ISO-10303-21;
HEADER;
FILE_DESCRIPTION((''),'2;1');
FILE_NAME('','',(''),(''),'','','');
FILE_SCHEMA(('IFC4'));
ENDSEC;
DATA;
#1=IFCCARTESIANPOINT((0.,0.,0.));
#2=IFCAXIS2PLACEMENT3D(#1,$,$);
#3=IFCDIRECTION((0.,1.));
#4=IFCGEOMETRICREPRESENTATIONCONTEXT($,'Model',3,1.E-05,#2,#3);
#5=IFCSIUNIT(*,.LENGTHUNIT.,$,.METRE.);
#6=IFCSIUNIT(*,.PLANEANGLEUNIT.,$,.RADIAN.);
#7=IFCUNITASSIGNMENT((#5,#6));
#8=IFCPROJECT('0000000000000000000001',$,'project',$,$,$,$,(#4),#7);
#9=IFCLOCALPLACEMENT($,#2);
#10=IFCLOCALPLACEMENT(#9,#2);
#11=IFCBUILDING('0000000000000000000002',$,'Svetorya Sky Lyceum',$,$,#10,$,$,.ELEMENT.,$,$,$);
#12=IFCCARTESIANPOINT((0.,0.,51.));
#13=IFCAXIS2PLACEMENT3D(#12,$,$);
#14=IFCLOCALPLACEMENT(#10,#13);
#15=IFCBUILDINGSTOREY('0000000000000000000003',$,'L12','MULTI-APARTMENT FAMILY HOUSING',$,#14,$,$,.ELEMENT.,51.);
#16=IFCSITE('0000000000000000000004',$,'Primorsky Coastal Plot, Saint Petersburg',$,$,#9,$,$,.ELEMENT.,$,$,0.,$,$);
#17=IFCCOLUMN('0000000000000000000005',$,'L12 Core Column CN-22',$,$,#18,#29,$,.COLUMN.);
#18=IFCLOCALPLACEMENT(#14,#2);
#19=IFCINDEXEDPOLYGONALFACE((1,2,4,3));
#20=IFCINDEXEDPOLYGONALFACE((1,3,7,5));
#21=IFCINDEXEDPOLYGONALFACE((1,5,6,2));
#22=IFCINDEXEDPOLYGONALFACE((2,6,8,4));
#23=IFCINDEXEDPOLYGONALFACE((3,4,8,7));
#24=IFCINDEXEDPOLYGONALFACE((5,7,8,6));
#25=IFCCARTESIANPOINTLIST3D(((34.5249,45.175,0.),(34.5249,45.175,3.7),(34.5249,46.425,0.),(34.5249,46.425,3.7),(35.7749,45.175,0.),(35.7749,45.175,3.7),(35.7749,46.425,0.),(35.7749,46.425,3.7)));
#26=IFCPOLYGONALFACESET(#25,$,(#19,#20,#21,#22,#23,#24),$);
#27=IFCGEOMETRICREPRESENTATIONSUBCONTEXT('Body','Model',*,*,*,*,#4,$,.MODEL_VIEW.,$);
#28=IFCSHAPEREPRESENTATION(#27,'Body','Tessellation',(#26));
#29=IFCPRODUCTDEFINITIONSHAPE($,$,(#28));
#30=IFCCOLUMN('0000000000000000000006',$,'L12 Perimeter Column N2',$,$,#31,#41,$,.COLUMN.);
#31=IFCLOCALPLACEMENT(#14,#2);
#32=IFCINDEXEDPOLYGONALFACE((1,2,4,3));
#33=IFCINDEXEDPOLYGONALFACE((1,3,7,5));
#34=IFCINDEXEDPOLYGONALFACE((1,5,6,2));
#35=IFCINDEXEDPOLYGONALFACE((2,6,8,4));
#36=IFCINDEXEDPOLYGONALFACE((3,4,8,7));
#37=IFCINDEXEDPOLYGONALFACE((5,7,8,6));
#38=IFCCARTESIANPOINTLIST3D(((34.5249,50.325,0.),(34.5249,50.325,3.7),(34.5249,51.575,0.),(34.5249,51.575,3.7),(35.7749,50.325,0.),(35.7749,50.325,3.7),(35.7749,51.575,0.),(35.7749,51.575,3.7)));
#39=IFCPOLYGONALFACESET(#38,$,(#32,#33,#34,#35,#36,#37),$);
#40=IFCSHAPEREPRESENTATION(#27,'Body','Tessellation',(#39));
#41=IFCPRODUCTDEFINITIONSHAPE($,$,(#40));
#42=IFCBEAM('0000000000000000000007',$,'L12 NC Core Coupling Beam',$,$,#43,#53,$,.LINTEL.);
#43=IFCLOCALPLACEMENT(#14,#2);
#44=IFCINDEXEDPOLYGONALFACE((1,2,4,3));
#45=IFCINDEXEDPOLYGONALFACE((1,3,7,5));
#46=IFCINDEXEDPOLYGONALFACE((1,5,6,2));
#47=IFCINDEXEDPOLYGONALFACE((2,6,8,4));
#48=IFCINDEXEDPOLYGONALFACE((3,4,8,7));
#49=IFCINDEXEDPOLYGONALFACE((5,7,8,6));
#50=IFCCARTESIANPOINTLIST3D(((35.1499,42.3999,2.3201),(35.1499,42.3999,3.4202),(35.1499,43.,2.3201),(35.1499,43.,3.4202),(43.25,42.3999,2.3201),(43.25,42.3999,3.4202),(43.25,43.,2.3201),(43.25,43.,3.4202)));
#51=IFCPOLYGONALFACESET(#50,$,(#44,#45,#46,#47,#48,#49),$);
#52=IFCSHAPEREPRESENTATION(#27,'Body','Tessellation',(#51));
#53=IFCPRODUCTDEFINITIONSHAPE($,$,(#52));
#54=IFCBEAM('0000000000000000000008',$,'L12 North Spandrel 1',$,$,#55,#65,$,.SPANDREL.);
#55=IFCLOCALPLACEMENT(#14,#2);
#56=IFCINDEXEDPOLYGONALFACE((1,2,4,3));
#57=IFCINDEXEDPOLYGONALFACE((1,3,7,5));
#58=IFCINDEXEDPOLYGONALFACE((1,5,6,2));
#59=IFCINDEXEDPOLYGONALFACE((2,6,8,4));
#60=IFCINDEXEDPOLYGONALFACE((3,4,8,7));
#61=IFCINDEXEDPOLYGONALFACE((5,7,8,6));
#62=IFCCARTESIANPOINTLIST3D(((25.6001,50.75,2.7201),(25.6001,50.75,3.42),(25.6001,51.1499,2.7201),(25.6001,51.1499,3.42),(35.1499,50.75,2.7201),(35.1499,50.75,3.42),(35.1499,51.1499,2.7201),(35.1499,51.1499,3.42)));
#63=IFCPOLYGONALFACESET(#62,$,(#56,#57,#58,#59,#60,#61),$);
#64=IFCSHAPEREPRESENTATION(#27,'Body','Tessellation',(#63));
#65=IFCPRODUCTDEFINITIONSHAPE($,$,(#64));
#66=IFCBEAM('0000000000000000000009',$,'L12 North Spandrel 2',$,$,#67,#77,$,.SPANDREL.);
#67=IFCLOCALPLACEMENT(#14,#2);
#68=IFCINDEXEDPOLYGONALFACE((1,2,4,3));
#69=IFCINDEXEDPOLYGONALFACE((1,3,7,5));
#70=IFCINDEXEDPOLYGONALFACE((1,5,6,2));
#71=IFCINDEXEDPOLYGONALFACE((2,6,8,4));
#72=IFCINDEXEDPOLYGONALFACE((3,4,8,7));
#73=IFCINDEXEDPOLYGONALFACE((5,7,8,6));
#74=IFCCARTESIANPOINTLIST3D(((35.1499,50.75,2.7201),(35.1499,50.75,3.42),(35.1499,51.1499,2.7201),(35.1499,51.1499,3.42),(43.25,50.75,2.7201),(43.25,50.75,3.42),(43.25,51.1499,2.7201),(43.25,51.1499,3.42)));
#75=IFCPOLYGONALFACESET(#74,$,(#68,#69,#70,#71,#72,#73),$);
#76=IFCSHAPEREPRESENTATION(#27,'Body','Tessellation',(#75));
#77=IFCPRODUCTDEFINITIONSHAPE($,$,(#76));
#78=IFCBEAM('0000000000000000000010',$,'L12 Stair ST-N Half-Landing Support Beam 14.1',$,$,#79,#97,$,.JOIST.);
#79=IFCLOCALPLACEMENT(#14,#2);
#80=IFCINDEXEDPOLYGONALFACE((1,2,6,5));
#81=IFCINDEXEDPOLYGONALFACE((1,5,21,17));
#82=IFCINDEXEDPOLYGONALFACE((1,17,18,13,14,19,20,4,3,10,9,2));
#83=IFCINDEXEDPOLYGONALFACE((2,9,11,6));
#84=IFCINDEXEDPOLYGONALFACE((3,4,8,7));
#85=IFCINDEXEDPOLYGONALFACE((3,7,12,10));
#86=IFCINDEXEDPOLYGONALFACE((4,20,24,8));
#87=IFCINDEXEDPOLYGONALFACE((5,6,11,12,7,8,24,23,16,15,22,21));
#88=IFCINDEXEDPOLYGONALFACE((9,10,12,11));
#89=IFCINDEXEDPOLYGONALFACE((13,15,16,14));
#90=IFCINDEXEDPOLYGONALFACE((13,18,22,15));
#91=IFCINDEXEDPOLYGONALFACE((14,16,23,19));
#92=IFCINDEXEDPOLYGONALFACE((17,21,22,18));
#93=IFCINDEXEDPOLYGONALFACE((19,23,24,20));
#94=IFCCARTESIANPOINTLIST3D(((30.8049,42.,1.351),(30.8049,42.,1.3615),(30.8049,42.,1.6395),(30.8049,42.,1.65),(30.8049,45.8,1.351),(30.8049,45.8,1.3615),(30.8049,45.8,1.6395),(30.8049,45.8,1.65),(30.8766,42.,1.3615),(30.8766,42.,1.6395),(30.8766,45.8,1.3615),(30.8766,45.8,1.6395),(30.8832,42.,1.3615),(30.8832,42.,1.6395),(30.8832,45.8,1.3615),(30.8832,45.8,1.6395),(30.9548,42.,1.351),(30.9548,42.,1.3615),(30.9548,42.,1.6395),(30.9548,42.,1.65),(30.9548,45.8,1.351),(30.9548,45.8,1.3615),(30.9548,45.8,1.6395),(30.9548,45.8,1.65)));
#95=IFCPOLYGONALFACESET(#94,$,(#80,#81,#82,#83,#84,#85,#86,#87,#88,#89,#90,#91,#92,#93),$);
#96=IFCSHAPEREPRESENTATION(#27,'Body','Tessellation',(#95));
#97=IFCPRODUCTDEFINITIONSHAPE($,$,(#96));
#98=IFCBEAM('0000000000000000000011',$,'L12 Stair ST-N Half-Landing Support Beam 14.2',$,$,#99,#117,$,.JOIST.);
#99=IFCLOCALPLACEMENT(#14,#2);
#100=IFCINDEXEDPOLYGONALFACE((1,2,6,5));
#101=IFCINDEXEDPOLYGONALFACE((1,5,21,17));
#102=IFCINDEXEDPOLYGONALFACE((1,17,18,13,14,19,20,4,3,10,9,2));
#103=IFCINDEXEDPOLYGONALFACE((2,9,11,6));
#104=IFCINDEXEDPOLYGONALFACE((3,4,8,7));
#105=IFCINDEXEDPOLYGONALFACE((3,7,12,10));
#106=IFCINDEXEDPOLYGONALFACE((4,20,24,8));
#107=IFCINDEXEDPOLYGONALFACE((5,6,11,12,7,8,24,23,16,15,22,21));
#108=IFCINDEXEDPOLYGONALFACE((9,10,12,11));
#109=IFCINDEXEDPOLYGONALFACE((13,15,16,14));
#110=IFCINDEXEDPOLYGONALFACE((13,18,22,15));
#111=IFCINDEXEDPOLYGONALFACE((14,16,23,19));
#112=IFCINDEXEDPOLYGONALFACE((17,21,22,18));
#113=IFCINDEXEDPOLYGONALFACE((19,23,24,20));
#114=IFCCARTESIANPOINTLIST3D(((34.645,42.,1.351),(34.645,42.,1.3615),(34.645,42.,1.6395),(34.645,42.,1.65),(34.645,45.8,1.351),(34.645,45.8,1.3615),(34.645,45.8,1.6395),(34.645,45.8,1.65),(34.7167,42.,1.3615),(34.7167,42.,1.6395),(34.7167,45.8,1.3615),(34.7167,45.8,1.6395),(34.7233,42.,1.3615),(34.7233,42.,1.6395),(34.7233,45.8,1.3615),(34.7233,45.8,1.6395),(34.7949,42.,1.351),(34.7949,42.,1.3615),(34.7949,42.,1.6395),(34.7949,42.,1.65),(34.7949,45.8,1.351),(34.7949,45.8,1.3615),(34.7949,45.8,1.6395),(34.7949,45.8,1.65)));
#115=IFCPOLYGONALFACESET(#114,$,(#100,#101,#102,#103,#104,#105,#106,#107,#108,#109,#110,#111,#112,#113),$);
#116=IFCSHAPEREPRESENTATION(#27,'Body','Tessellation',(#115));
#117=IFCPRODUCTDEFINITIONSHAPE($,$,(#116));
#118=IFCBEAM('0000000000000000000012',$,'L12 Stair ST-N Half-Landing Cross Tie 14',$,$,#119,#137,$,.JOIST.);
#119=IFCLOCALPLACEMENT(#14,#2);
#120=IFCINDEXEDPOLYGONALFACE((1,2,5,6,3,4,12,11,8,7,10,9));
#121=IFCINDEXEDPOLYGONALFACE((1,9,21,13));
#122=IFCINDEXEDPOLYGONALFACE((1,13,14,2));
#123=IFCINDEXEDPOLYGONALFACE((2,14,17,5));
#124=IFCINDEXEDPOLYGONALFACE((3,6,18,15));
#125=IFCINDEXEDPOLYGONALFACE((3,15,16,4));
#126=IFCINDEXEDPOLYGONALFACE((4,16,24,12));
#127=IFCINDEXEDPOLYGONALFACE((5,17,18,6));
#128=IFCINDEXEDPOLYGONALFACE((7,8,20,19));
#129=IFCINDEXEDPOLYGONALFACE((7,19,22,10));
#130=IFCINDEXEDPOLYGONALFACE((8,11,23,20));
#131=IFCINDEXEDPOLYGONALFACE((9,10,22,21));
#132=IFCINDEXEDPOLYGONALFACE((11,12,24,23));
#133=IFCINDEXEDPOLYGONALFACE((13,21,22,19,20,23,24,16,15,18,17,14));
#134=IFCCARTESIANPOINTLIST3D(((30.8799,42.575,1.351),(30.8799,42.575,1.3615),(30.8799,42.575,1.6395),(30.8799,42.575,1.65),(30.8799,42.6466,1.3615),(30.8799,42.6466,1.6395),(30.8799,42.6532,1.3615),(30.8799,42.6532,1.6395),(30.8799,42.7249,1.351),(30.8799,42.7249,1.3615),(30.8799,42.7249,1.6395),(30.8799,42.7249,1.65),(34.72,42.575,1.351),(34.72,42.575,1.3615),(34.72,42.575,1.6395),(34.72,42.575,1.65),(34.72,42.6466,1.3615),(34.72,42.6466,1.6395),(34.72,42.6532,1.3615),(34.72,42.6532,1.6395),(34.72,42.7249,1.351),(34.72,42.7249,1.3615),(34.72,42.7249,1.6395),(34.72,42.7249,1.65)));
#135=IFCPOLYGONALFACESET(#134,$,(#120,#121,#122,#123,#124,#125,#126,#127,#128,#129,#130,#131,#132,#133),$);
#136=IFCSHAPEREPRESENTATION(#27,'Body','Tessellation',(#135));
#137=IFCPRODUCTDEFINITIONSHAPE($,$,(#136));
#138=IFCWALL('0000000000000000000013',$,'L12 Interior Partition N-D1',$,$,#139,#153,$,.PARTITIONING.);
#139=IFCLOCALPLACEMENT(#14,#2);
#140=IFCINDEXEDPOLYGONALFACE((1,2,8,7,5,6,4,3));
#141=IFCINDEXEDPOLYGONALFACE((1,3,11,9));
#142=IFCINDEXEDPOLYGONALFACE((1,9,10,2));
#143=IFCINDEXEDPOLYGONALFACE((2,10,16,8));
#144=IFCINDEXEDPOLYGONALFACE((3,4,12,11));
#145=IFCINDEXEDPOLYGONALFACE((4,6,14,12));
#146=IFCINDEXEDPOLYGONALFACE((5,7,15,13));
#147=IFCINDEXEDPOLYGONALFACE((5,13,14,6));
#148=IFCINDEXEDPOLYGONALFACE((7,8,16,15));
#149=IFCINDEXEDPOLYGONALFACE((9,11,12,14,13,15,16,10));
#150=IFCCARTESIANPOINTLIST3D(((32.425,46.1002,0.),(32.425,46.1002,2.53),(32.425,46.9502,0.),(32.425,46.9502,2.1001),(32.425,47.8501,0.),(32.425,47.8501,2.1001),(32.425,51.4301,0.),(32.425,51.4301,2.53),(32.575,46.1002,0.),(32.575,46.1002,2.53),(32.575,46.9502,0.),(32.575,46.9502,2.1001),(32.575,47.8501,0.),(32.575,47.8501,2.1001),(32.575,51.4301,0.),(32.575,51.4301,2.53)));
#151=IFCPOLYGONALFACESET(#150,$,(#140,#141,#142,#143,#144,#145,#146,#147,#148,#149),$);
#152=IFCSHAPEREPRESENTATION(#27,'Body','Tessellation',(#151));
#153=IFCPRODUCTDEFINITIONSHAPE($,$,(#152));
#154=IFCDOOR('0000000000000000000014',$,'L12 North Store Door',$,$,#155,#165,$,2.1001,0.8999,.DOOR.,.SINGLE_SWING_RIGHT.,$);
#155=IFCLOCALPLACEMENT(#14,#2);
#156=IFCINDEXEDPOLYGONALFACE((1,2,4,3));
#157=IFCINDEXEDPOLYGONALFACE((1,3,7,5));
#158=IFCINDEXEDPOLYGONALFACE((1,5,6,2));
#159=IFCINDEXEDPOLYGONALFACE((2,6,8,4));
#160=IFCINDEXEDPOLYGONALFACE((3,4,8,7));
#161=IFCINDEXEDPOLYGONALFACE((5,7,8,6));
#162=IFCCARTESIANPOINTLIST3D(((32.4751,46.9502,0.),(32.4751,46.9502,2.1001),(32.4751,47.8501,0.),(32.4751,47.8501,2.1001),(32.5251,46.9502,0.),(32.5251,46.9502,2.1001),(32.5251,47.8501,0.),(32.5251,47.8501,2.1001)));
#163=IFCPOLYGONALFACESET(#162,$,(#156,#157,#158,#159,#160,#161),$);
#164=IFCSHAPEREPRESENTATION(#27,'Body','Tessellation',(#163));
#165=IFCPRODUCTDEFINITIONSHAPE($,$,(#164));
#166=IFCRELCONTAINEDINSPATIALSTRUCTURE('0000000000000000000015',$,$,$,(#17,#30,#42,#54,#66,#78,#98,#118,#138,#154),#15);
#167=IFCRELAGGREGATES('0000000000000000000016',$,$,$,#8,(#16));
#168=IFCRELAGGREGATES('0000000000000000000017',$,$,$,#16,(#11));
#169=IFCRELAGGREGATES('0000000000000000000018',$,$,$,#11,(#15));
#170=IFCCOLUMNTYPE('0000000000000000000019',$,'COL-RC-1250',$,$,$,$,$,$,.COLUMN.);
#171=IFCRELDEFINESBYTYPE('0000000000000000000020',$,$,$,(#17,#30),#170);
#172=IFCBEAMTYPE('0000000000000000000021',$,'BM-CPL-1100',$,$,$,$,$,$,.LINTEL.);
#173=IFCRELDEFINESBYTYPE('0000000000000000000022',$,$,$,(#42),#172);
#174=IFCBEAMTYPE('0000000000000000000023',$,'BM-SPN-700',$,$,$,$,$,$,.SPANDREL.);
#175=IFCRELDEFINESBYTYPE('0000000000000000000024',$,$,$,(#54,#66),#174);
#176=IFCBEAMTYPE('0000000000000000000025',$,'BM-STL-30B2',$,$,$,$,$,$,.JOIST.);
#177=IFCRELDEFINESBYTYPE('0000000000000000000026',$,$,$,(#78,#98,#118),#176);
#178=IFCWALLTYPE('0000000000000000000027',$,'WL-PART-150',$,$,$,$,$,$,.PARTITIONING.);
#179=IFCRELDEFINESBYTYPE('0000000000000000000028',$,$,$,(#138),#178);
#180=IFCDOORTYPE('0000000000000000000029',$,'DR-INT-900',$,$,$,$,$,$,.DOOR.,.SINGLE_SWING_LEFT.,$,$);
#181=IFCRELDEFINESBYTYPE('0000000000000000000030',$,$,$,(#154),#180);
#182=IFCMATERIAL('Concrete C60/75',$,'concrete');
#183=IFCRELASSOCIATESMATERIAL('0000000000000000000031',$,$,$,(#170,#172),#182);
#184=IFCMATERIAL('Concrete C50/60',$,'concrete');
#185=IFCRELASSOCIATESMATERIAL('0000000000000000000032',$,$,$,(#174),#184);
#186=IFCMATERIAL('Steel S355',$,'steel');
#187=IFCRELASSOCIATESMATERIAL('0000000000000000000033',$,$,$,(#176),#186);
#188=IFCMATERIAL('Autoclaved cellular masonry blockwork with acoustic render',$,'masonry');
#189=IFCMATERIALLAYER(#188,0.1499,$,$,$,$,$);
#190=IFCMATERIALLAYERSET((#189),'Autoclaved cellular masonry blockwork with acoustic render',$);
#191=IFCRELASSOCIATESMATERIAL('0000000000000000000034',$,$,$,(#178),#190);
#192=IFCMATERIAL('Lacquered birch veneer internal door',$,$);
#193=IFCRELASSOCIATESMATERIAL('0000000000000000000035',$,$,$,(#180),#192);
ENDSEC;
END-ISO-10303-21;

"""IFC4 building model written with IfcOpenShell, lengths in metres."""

from ifc_helpers import new_model, si_unit, direction, frame, frame_2d, origin, origin_2d, place, context, subcontext, project, spatial, rectangle, i_section, extrude, material, layer, layer_set, material_profile, profile_set, type_object, element, fill, save


model = new_model("IFC4")

# Units and contexts
model_context = context("Model", 3, precision=1e-05, world=origin(), true_north=direction((0.0, 1.0)))
body_context = subcontext(model_context, "Body", "Model", "MODEL_VIEW")
ifc_project = project(units=[si_unit("LENGTHUNIT", "METRE"), si_unit("PLANEANGLEUNIT", "RADIAN")], contexts=[model_context])

# Site, building, storey
site_placement = place(None, origin())
site = spatial("IfcSite", under=ifc_project, at=site_placement, Name="Primorsky Coastal Plot, Saint Petersburg", CompositionType="ELEMENT", RefElevation=0.0)
building_placement = place(site_placement, origin())
building = spatial("IfcBuilding", under=site, at=building_placement, Name="Svetorya Sky Lyceum", CompositionType="ELEMENT")
storey_placement = place(building_placement, frame((0.0, 0.0, 51.0)))
storey = spatial("IfcBuildingStorey", under=building, at=storey_placement, Name="L12", Description="MULTI-APARTMENT FAMILY HOUSING", CompositionType="ELEMENT", Elevation=51.0)

# Columns
ifc_material_1 = material(Name="Concrete C60/75", Category="concrete")
ifc_material_profile_1 = material_profile(ifc_material_1, rectangle(XDim=1.25, YDim=1.25, at=origin_2d()), Name="RC COL 1250x1250")
ifc_profile_set_1 = profile_set([ifc_material_profile_1], Name="Concrete C60/75")
column_type = type_object("IfcColumnType", Name="COL-RC-1250", PredefinedType="COLUMN", material=ifc_profile_set_1)
for number, where, z_axis, x_axis, name in (
    (1, (35.1499, 45.8, 0.0), (0.0, 0.0, 1.0), (1.0, 0.0, 0.0), "L12 Core Column CN-22"),
    (2, (35.1499, 50.95, 0.0), (0.0, 0.0, 1.0), (1.0, 0.0, 0.0), "L12 Perimeter Column N2"),
):
    element("IfcColumn", number, at=place(storey_placement, frame(where, z_axis=z_axis, x_axis=x_axis)), inside=storey, type_object=column_type, Name=name, PredefinedType="COLUMN", context=body_context, shape_type="SweptSolid", body=[
        extrude(rectangle(XDim=1.25, YDim=1.25, at=origin_2d()), origin(), (0.0, 0.0, 1.0), 3.7),
    ])

# Beams
ifc_material_profile_2 = material_profile(ifc_material_1, rectangle(XDim=0.6001, YDim=1.1001, at=origin_2d()), Name="RC COUPLING 600x1100")
ifc_profile_set_2 = profile_set([ifc_material_profile_2], Name="Concrete C60/75")
beam_type_1 = type_object("IfcBeamType", Name="BM-CPL-1100", PredefinedType="LINTEL", material=ifc_profile_set_2)
beam_1_placement = place(storey_placement, frame((35.1499, 42.7, 2.8701), z_axis=(1.0, 0.0, 0.0), x_axis=(0.0, 1.0, 0.0)))
element("IfcBeam", 3, at=beam_1_placement, inside=storey, type_object=beam_type_1, Name="L12 NC Core Coupling Beam", PredefinedType="LINTEL", context=body_context, shape_type="SweptSolid", body=[
    extrude(rectangle(XDim=0.6001, YDim=1.1001, at=origin_2d()), origin(), (0.0, 0.0, 1.0), 8.1001),
])
ifc_material_2 = material(Name="Concrete C50/60", Category="concrete")
ifc_material_profile_3 = material_profile(ifc_material_2, rectangle(XDim=0.3999, YDim=0.7, at=origin_2d()), Name="RC SPANDREL 400x700")
ifc_profile_set_3 = profile_set([ifc_material_profile_3], Name="Concrete C50/60")
beam_type_2 = type_object("IfcBeamType", Name="BM-SPN-700", PredefinedType="SPANDREL", material=ifc_profile_set_3)
beam_2_placement = place(storey_placement, frame((25.6001, 50.95, 3.0701), z_axis=(1.0, 0.0, 0.0), x_axis=(0.0, 1.0, 0.0)))
element("IfcBeam", 4, at=beam_2_placement, inside=storey, type_object=beam_type_2, Name="L12 North Spandrel 1", PredefinedType="SPANDREL", context=body_context, shape_type="SweptSolid", body=[
    extrude(rectangle(XDim=0.3999, YDim=0.7, at=origin_2d()), origin(), (0.0, 0.0, 1.0), 9.5498),
])
beam_3_placement = place(storey_placement, frame((35.1499, 50.95, 3.0701), z_axis=(1.0, 0.0, 0.0), x_axis=(0.0, 1.0, 0.0)))
element("IfcBeam", 5, at=beam_3_placement, inside=storey, type_object=beam_type_2, Name="L12 North Spandrel 2", PredefinedType="SPANDREL", context=body_context, shape_type="SweptSolid", body=[
    extrude(rectangle(XDim=0.3999, YDim=0.7, at=origin_2d()), origin(), (0.0, 0.0, 1.0), 8.1001),
])
ifc_material_3 = material(Name="Steel S355", Category="steel")
ifc_material_profile_4 = material_profile(ifc_material_3, i_section(OverallWidth=0.1499, OverallDepth=0.2991, WebThickness=0.0066, FlangeThickness=0.0105, at=origin_2d()), Name="GOST 30B2")
ifc_profile_set_4 = profile_set([ifc_material_profile_4], Name="Steel S355")
beam_type_3 = type_object("IfcBeamType", Name="BM-STL-30B2", PredefinedType="JOIST", material=ifc_profile_set_4)
for number, where, z_axis, x_axis, name in (
    (6, (30.8799, 42.0, 1.5005), (0.0, 1.0, 0.0), (-1.0, 0.0, 0.0), "L12 Stair ST-N Half-Landing Support Beam 14.1"),
    (7, (34.72, 42.0, 1.5005), (0.0, 1.0, 0.0), (-1.0, 0.0, 0.0), "L12 Stair ST-N Half-Landing Support Beam 14.2"),
):
    element("IfcBeam", number, at=place(storey_placement, frame(where, z_axis=z_axis, x_axis=x_axis)), inside=storey, type_object=beam_type_3, Name=name, PredefinedType="JOIST", context=body_context, shape_type="SweptSolid", body=[
        extrude(i_section(OverallWidth=0.1499, OverallDepth=0.2991, WebThickness=0.0066, FlangeThickness=0.0105, at=origin_2d()), origin(), (0.0, 0.0, 1.0), 3.8),
    ])
beam_4_placement = place(storey_placement, frame((30.8799, 42.6499, 1.5005), z_axis=(1.0, 0.0, 0.0), x_axis=(0.0, 1.0, 0.0)))
element("IfcBeam", 8, at=beam_4_placement, inside=storey, type_object=beam_type_3, Name="L12 Stair ST-N Half-Landing Cross Tie 14", PredefinedType="JOIST", context=body_context, shape_type="SweptSolid", body=[
    extrude(i_section(OverallWidth=0.1499, OverallDepth=0.2991, WebThickness=0.0066, FlangeThickness=0.0105, at=origin_2d()), origin(), (0.0, 0.0, 1.0), 3.8401),
])

# Wall, opening, door
ifc_material_4 = material(Name="Autoclaved cellular masonry blockwork with acoustic render", Category="masonry")
ifc_layer = layer(ifc_material_4, 0.1499)
ifc_layer_set = layer_set([ifc_layer], Name="Autoclaved cellular masonry blockwork with acoustic render")
wall_type = type_object("IfcWallType", Name="WL-PART-150", PredefinedType="PARTITIONING", material=ifc_layer_set)
wall_placement = place(storey_placement, frame((32.5, 46.1001, 0.0), z_axis=(0.0, 0.0, 1.0), x_axis=(0.0, 1.0, 0.0)))
wall = element("IfcWall", 9, at=wall_placement, inside=storey, type_object=wall_type, Name="L12 Interior Partition N-D1", PredefinedType="PARTITIONING", context=body_context, shape_type="SweptSolid", body=[
    extrude(rectangle(XDim=5.3298, YDim=0.1499, at=frame_2d((2.665, 0.0))), origin(), (0.0, 0.0, 1.0), 2.53),
])
opening_placement = place(wall_placement, frame((0.8501, 0.0, 0.0)))
opening = element("IfcOpeningElement", 10, at=opening_placement, cuts=wall, PredefinedType="OPENING", context=body_context, shape_type="SweptSolid", body=[
    extrude(rectangle(XDim=0.8999, YDim=2.1001, at=frame_2d((0.45, 1.05))), frame((0.0, 0.085, 0.0), z_axis=(0.0, -1.0, 0.0), x_axis=(1.0, 0.0, 0.0)), (0.0, 0.0, 1.0), 0.1699),
])
ifc_material_5 = material(Name="Lacquered birch veneer internal door")
door_type = type_object("IfcDoorType", Name="DR-INT-900", OperationType="SINGLE_SWING_LEFT", PredefinedType="DOOR", material=ifc_material_5)
door_placement = place(opening_placement, origin())
door = element("IfcDoor", 11, at=door_placement, inside=storey, type_object=door_type, Name="L12 North Store Door", OperationType="SINGLE_SWING_RIGHT", OverallHeight=2.1001, OverallWidth=0.8999, PredefinedType="DOOR", context=body_context, shape_type="SweptSolid", body=[
    extrude(rectangle(XDim=0.8999, YDim=2.1001, at=frame_2d((0.45, 1.05))), frame((0.0, 0.0249, 0.0), z_axis=(0.0, -1.0, 0.0), x_axis=(1.0, 0.0, 0.0)), (0.0, 0.0, 1.0), 0.05),
])
fill(opening, door)

save(model, "model.ifc")
